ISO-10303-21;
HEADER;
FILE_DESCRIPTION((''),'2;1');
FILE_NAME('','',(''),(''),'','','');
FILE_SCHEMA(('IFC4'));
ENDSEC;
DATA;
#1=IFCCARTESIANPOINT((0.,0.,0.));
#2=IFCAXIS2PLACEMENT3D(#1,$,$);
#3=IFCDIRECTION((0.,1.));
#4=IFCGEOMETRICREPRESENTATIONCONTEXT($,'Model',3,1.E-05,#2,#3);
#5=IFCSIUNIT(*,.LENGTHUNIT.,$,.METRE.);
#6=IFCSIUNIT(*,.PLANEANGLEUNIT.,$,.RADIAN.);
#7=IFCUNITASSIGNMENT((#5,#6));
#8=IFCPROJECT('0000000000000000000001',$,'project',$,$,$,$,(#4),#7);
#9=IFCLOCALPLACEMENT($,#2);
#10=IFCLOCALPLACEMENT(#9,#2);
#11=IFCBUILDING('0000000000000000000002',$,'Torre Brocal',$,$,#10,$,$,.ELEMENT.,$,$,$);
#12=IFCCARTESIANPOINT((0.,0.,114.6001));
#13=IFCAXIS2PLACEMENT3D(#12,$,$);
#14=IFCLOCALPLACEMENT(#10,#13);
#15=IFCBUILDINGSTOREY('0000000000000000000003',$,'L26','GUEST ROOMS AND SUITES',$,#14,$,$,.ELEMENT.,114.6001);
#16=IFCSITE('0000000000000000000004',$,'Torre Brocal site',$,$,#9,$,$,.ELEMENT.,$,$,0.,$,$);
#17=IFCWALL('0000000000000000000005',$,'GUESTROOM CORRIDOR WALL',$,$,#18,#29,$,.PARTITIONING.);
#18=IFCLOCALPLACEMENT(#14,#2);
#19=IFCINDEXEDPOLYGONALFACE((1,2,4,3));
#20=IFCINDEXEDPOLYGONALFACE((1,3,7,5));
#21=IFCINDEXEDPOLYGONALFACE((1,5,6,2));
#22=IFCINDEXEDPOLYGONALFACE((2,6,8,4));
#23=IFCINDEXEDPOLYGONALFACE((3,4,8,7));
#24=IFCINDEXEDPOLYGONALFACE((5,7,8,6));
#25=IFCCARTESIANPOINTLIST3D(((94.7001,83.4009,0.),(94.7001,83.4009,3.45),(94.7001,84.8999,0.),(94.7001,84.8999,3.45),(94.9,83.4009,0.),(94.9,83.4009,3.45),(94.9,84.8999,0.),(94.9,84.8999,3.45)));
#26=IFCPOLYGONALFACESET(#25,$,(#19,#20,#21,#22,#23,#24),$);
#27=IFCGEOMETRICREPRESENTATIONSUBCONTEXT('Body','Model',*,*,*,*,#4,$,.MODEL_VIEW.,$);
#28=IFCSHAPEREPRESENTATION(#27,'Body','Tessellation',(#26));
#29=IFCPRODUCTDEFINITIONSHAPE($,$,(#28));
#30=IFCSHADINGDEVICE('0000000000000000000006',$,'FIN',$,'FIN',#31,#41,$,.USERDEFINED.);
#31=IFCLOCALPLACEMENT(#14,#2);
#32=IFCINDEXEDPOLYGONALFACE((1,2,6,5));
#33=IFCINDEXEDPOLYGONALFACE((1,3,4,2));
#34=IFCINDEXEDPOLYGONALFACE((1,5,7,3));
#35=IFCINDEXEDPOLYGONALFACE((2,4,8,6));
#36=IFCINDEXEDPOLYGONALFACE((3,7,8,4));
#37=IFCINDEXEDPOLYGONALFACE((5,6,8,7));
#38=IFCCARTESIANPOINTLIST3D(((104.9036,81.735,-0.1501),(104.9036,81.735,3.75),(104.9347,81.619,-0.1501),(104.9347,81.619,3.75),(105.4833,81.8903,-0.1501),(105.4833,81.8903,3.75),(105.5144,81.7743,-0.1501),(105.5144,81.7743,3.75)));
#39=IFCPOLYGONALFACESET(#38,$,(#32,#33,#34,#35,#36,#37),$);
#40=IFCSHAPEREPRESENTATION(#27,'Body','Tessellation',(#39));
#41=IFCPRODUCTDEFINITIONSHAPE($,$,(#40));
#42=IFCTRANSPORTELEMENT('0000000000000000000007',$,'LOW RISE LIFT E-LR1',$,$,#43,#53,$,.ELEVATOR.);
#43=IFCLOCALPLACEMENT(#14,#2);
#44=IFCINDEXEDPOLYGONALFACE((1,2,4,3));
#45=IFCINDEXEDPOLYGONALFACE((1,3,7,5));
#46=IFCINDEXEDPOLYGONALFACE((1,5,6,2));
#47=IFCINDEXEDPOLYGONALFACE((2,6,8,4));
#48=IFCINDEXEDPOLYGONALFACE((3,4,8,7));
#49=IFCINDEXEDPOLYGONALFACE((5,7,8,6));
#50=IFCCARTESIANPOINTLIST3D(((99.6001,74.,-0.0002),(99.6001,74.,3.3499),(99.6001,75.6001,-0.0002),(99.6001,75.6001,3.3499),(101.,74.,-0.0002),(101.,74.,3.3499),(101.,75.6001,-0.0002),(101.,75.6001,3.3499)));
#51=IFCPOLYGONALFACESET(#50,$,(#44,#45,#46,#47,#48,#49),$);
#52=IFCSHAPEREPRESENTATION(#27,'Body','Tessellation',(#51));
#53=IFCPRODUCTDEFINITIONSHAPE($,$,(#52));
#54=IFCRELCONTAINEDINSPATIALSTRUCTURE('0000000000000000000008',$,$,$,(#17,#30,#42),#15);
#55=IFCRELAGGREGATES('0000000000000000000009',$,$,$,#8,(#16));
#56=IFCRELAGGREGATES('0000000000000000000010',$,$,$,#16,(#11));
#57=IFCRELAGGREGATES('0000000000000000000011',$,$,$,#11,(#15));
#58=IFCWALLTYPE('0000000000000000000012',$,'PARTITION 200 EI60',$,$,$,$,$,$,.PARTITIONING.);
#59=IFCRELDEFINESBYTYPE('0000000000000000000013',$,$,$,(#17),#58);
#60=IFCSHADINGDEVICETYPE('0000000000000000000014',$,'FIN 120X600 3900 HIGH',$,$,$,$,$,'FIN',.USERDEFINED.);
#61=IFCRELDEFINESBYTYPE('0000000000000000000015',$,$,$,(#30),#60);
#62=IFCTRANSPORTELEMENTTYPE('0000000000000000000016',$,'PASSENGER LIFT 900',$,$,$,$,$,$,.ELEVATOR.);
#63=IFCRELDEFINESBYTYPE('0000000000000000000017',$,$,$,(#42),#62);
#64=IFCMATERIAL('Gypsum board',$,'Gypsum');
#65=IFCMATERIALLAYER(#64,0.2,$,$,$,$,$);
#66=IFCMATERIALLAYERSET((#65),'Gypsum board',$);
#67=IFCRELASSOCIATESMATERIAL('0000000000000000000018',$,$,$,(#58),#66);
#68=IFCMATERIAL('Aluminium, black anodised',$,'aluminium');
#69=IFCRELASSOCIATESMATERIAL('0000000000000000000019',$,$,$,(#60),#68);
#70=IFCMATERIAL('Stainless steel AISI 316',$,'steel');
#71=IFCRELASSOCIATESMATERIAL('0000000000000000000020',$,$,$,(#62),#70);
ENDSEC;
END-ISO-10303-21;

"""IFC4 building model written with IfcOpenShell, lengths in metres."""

from ifc_helpers import new_model, si_unit, direction, frame, frame_2d, origin, origin_2d, place, context, subcontext, project, spatial, rectangle, extrude, material, layer, layer_set, material_profile, profile_set, type_object, element, save


model = new_model("IFC4")

# Units and contexts
model_context = context("Model", 3, precision=1e-05, world=origin(), true_north=direction((0.0, 1.0)))
body_context = subcontext(model_context, "Body", "Model", "MODEL_VIEW")
ifc_project = project(units=[si_unit("LENGTHUNIT", "METRE"), si_unit("PLANEANGLEUNIT", "RADIAN")], contexts=[model_context])

# Site, building, storey
site_placement = place(None, origin())
site = spatial("IfcSite", under=ifc_project, at=site_placement, Name="Torre Brocal site", CompositionType="ELEMENT", RefElevation=0.0)
building_placement = place(site_placement, origin())
building = spatial("IfcBuilding", under=site, at=building_placement, Name="Torre Brocal", CompositionType="ELEMENT")
storey_placement = place(building_placement, frame((0.0, 0.0, 114.6001)))
storey = spatial("IfcBuildingStorey", under=building, at=storey_placement, Name="L26", Description="GUEST ROOMS AND SUITES", CompositionType="ELEMENT", Elevation=114.6001)

# Wall
ifc_material_1 = material(Name="Gypsum board", Category="Gypsum")
ifc_layer_1 = layer(ifc_material_1, 0.2)
ifc_layer_set_1 = layer_set([ifc_layer_1], Name="Gypsum board")
wall_type_1 = type_object("IfcWallType", Name="PARTITION 200 EI60", PredefinedType="PARTITIONING", material=ifc_layer_set_1)
wall_1_placement = place(storey_placement, frame((94.8, 83.4009, 0.0), z_axis=(0.0, 0.0, 1.0), x_axis=(0.0, 1.0, 0.0)))
element("IfcWall", 1, at=wall_1_placement, inside=storey, type_object=wall_type_1, Name="GUESTROOM CORRIDOR WALL", PredefinedType="PARTITIONING", context=body_context, shape_type="SweptSolid", body=[
    extrude(rectangle(XDim=1.499, YDim=0.2, at=frame_2d((0.7495, 0.0))), origin(), (0.0, 0.0, 1.0), 3.45),
])

# Shading device
ifc_material_2 = material(Name="Aluminium, black anodised", Category="aluminium")
ifc_material_profile_1 = material_profile(ifc_material_2, rectangle(XDim=0.1201, YDim=0.6001, at=origin_2d()), Name="FIN 120X600 3900 HIGH")
ifc_profile_set_1 = profile_set([ifc_material_profile_1], Name="Aluminium, black anodised")
shading_device_type = type_object("IfcShadingDeviceType", Name="FIN 120X600 3900 HIGH", ElementType="FIN", PredefinedType="USERDEFINED", material=ifc_profile_set_1)
shading_device_placement = place(storey_placement, frame((105.209, 81.7546, -0.1501), z_axis=(0.0, 0.0, 1.0), x_axis=(-0.258819, 0.965926, 0.0)))
element("IfcShadingDevice", 2, at=shading_device_placement, inside=storey, type_object=shading_device_type, Name="FIN", ObjectType="FIN", PredefinedType="USERDEFINED", context=body_context, shape_type="SweptSolid", body=[
    extrude(rectangle(XDim=0.1201, YDim=0.6001, at=origin_2d()), origin(), (0.0, 0.0, 1.0), 3.9001),
])

# Transport element
ifc_material_3 = material(Name="Stainless steel AISI 316", Category="steel")
transport_element_type = type_object("IfcTransportElementType", Name="PASSENGER LIFT 900", PredefinedType="ELEVATOR", material=ifc_material_3)
transport_element_placement = place(storey_placement, frame((100.3, 74.8, -0.0002), z_axis=(0.0, 0.0, 1.0), x_axis=(1.0, 0.0, 0.0)))
element("IfcTransportElement", 3, at=transport_element_placement, inside=storey, type_object=transport_element_type, Name="LOW RISE LIFT E-LR1", PredefinedType="ELEVATOR", context=body_context, shape_type="SweptSolid", body=[
    extrude(rectangle(XDim=1.3999, YDim=1.6001, at=origin_2d()), origin(), (0.0, 0.0, 1.0), 3.3501),
])

save(model, "model.ifc")
